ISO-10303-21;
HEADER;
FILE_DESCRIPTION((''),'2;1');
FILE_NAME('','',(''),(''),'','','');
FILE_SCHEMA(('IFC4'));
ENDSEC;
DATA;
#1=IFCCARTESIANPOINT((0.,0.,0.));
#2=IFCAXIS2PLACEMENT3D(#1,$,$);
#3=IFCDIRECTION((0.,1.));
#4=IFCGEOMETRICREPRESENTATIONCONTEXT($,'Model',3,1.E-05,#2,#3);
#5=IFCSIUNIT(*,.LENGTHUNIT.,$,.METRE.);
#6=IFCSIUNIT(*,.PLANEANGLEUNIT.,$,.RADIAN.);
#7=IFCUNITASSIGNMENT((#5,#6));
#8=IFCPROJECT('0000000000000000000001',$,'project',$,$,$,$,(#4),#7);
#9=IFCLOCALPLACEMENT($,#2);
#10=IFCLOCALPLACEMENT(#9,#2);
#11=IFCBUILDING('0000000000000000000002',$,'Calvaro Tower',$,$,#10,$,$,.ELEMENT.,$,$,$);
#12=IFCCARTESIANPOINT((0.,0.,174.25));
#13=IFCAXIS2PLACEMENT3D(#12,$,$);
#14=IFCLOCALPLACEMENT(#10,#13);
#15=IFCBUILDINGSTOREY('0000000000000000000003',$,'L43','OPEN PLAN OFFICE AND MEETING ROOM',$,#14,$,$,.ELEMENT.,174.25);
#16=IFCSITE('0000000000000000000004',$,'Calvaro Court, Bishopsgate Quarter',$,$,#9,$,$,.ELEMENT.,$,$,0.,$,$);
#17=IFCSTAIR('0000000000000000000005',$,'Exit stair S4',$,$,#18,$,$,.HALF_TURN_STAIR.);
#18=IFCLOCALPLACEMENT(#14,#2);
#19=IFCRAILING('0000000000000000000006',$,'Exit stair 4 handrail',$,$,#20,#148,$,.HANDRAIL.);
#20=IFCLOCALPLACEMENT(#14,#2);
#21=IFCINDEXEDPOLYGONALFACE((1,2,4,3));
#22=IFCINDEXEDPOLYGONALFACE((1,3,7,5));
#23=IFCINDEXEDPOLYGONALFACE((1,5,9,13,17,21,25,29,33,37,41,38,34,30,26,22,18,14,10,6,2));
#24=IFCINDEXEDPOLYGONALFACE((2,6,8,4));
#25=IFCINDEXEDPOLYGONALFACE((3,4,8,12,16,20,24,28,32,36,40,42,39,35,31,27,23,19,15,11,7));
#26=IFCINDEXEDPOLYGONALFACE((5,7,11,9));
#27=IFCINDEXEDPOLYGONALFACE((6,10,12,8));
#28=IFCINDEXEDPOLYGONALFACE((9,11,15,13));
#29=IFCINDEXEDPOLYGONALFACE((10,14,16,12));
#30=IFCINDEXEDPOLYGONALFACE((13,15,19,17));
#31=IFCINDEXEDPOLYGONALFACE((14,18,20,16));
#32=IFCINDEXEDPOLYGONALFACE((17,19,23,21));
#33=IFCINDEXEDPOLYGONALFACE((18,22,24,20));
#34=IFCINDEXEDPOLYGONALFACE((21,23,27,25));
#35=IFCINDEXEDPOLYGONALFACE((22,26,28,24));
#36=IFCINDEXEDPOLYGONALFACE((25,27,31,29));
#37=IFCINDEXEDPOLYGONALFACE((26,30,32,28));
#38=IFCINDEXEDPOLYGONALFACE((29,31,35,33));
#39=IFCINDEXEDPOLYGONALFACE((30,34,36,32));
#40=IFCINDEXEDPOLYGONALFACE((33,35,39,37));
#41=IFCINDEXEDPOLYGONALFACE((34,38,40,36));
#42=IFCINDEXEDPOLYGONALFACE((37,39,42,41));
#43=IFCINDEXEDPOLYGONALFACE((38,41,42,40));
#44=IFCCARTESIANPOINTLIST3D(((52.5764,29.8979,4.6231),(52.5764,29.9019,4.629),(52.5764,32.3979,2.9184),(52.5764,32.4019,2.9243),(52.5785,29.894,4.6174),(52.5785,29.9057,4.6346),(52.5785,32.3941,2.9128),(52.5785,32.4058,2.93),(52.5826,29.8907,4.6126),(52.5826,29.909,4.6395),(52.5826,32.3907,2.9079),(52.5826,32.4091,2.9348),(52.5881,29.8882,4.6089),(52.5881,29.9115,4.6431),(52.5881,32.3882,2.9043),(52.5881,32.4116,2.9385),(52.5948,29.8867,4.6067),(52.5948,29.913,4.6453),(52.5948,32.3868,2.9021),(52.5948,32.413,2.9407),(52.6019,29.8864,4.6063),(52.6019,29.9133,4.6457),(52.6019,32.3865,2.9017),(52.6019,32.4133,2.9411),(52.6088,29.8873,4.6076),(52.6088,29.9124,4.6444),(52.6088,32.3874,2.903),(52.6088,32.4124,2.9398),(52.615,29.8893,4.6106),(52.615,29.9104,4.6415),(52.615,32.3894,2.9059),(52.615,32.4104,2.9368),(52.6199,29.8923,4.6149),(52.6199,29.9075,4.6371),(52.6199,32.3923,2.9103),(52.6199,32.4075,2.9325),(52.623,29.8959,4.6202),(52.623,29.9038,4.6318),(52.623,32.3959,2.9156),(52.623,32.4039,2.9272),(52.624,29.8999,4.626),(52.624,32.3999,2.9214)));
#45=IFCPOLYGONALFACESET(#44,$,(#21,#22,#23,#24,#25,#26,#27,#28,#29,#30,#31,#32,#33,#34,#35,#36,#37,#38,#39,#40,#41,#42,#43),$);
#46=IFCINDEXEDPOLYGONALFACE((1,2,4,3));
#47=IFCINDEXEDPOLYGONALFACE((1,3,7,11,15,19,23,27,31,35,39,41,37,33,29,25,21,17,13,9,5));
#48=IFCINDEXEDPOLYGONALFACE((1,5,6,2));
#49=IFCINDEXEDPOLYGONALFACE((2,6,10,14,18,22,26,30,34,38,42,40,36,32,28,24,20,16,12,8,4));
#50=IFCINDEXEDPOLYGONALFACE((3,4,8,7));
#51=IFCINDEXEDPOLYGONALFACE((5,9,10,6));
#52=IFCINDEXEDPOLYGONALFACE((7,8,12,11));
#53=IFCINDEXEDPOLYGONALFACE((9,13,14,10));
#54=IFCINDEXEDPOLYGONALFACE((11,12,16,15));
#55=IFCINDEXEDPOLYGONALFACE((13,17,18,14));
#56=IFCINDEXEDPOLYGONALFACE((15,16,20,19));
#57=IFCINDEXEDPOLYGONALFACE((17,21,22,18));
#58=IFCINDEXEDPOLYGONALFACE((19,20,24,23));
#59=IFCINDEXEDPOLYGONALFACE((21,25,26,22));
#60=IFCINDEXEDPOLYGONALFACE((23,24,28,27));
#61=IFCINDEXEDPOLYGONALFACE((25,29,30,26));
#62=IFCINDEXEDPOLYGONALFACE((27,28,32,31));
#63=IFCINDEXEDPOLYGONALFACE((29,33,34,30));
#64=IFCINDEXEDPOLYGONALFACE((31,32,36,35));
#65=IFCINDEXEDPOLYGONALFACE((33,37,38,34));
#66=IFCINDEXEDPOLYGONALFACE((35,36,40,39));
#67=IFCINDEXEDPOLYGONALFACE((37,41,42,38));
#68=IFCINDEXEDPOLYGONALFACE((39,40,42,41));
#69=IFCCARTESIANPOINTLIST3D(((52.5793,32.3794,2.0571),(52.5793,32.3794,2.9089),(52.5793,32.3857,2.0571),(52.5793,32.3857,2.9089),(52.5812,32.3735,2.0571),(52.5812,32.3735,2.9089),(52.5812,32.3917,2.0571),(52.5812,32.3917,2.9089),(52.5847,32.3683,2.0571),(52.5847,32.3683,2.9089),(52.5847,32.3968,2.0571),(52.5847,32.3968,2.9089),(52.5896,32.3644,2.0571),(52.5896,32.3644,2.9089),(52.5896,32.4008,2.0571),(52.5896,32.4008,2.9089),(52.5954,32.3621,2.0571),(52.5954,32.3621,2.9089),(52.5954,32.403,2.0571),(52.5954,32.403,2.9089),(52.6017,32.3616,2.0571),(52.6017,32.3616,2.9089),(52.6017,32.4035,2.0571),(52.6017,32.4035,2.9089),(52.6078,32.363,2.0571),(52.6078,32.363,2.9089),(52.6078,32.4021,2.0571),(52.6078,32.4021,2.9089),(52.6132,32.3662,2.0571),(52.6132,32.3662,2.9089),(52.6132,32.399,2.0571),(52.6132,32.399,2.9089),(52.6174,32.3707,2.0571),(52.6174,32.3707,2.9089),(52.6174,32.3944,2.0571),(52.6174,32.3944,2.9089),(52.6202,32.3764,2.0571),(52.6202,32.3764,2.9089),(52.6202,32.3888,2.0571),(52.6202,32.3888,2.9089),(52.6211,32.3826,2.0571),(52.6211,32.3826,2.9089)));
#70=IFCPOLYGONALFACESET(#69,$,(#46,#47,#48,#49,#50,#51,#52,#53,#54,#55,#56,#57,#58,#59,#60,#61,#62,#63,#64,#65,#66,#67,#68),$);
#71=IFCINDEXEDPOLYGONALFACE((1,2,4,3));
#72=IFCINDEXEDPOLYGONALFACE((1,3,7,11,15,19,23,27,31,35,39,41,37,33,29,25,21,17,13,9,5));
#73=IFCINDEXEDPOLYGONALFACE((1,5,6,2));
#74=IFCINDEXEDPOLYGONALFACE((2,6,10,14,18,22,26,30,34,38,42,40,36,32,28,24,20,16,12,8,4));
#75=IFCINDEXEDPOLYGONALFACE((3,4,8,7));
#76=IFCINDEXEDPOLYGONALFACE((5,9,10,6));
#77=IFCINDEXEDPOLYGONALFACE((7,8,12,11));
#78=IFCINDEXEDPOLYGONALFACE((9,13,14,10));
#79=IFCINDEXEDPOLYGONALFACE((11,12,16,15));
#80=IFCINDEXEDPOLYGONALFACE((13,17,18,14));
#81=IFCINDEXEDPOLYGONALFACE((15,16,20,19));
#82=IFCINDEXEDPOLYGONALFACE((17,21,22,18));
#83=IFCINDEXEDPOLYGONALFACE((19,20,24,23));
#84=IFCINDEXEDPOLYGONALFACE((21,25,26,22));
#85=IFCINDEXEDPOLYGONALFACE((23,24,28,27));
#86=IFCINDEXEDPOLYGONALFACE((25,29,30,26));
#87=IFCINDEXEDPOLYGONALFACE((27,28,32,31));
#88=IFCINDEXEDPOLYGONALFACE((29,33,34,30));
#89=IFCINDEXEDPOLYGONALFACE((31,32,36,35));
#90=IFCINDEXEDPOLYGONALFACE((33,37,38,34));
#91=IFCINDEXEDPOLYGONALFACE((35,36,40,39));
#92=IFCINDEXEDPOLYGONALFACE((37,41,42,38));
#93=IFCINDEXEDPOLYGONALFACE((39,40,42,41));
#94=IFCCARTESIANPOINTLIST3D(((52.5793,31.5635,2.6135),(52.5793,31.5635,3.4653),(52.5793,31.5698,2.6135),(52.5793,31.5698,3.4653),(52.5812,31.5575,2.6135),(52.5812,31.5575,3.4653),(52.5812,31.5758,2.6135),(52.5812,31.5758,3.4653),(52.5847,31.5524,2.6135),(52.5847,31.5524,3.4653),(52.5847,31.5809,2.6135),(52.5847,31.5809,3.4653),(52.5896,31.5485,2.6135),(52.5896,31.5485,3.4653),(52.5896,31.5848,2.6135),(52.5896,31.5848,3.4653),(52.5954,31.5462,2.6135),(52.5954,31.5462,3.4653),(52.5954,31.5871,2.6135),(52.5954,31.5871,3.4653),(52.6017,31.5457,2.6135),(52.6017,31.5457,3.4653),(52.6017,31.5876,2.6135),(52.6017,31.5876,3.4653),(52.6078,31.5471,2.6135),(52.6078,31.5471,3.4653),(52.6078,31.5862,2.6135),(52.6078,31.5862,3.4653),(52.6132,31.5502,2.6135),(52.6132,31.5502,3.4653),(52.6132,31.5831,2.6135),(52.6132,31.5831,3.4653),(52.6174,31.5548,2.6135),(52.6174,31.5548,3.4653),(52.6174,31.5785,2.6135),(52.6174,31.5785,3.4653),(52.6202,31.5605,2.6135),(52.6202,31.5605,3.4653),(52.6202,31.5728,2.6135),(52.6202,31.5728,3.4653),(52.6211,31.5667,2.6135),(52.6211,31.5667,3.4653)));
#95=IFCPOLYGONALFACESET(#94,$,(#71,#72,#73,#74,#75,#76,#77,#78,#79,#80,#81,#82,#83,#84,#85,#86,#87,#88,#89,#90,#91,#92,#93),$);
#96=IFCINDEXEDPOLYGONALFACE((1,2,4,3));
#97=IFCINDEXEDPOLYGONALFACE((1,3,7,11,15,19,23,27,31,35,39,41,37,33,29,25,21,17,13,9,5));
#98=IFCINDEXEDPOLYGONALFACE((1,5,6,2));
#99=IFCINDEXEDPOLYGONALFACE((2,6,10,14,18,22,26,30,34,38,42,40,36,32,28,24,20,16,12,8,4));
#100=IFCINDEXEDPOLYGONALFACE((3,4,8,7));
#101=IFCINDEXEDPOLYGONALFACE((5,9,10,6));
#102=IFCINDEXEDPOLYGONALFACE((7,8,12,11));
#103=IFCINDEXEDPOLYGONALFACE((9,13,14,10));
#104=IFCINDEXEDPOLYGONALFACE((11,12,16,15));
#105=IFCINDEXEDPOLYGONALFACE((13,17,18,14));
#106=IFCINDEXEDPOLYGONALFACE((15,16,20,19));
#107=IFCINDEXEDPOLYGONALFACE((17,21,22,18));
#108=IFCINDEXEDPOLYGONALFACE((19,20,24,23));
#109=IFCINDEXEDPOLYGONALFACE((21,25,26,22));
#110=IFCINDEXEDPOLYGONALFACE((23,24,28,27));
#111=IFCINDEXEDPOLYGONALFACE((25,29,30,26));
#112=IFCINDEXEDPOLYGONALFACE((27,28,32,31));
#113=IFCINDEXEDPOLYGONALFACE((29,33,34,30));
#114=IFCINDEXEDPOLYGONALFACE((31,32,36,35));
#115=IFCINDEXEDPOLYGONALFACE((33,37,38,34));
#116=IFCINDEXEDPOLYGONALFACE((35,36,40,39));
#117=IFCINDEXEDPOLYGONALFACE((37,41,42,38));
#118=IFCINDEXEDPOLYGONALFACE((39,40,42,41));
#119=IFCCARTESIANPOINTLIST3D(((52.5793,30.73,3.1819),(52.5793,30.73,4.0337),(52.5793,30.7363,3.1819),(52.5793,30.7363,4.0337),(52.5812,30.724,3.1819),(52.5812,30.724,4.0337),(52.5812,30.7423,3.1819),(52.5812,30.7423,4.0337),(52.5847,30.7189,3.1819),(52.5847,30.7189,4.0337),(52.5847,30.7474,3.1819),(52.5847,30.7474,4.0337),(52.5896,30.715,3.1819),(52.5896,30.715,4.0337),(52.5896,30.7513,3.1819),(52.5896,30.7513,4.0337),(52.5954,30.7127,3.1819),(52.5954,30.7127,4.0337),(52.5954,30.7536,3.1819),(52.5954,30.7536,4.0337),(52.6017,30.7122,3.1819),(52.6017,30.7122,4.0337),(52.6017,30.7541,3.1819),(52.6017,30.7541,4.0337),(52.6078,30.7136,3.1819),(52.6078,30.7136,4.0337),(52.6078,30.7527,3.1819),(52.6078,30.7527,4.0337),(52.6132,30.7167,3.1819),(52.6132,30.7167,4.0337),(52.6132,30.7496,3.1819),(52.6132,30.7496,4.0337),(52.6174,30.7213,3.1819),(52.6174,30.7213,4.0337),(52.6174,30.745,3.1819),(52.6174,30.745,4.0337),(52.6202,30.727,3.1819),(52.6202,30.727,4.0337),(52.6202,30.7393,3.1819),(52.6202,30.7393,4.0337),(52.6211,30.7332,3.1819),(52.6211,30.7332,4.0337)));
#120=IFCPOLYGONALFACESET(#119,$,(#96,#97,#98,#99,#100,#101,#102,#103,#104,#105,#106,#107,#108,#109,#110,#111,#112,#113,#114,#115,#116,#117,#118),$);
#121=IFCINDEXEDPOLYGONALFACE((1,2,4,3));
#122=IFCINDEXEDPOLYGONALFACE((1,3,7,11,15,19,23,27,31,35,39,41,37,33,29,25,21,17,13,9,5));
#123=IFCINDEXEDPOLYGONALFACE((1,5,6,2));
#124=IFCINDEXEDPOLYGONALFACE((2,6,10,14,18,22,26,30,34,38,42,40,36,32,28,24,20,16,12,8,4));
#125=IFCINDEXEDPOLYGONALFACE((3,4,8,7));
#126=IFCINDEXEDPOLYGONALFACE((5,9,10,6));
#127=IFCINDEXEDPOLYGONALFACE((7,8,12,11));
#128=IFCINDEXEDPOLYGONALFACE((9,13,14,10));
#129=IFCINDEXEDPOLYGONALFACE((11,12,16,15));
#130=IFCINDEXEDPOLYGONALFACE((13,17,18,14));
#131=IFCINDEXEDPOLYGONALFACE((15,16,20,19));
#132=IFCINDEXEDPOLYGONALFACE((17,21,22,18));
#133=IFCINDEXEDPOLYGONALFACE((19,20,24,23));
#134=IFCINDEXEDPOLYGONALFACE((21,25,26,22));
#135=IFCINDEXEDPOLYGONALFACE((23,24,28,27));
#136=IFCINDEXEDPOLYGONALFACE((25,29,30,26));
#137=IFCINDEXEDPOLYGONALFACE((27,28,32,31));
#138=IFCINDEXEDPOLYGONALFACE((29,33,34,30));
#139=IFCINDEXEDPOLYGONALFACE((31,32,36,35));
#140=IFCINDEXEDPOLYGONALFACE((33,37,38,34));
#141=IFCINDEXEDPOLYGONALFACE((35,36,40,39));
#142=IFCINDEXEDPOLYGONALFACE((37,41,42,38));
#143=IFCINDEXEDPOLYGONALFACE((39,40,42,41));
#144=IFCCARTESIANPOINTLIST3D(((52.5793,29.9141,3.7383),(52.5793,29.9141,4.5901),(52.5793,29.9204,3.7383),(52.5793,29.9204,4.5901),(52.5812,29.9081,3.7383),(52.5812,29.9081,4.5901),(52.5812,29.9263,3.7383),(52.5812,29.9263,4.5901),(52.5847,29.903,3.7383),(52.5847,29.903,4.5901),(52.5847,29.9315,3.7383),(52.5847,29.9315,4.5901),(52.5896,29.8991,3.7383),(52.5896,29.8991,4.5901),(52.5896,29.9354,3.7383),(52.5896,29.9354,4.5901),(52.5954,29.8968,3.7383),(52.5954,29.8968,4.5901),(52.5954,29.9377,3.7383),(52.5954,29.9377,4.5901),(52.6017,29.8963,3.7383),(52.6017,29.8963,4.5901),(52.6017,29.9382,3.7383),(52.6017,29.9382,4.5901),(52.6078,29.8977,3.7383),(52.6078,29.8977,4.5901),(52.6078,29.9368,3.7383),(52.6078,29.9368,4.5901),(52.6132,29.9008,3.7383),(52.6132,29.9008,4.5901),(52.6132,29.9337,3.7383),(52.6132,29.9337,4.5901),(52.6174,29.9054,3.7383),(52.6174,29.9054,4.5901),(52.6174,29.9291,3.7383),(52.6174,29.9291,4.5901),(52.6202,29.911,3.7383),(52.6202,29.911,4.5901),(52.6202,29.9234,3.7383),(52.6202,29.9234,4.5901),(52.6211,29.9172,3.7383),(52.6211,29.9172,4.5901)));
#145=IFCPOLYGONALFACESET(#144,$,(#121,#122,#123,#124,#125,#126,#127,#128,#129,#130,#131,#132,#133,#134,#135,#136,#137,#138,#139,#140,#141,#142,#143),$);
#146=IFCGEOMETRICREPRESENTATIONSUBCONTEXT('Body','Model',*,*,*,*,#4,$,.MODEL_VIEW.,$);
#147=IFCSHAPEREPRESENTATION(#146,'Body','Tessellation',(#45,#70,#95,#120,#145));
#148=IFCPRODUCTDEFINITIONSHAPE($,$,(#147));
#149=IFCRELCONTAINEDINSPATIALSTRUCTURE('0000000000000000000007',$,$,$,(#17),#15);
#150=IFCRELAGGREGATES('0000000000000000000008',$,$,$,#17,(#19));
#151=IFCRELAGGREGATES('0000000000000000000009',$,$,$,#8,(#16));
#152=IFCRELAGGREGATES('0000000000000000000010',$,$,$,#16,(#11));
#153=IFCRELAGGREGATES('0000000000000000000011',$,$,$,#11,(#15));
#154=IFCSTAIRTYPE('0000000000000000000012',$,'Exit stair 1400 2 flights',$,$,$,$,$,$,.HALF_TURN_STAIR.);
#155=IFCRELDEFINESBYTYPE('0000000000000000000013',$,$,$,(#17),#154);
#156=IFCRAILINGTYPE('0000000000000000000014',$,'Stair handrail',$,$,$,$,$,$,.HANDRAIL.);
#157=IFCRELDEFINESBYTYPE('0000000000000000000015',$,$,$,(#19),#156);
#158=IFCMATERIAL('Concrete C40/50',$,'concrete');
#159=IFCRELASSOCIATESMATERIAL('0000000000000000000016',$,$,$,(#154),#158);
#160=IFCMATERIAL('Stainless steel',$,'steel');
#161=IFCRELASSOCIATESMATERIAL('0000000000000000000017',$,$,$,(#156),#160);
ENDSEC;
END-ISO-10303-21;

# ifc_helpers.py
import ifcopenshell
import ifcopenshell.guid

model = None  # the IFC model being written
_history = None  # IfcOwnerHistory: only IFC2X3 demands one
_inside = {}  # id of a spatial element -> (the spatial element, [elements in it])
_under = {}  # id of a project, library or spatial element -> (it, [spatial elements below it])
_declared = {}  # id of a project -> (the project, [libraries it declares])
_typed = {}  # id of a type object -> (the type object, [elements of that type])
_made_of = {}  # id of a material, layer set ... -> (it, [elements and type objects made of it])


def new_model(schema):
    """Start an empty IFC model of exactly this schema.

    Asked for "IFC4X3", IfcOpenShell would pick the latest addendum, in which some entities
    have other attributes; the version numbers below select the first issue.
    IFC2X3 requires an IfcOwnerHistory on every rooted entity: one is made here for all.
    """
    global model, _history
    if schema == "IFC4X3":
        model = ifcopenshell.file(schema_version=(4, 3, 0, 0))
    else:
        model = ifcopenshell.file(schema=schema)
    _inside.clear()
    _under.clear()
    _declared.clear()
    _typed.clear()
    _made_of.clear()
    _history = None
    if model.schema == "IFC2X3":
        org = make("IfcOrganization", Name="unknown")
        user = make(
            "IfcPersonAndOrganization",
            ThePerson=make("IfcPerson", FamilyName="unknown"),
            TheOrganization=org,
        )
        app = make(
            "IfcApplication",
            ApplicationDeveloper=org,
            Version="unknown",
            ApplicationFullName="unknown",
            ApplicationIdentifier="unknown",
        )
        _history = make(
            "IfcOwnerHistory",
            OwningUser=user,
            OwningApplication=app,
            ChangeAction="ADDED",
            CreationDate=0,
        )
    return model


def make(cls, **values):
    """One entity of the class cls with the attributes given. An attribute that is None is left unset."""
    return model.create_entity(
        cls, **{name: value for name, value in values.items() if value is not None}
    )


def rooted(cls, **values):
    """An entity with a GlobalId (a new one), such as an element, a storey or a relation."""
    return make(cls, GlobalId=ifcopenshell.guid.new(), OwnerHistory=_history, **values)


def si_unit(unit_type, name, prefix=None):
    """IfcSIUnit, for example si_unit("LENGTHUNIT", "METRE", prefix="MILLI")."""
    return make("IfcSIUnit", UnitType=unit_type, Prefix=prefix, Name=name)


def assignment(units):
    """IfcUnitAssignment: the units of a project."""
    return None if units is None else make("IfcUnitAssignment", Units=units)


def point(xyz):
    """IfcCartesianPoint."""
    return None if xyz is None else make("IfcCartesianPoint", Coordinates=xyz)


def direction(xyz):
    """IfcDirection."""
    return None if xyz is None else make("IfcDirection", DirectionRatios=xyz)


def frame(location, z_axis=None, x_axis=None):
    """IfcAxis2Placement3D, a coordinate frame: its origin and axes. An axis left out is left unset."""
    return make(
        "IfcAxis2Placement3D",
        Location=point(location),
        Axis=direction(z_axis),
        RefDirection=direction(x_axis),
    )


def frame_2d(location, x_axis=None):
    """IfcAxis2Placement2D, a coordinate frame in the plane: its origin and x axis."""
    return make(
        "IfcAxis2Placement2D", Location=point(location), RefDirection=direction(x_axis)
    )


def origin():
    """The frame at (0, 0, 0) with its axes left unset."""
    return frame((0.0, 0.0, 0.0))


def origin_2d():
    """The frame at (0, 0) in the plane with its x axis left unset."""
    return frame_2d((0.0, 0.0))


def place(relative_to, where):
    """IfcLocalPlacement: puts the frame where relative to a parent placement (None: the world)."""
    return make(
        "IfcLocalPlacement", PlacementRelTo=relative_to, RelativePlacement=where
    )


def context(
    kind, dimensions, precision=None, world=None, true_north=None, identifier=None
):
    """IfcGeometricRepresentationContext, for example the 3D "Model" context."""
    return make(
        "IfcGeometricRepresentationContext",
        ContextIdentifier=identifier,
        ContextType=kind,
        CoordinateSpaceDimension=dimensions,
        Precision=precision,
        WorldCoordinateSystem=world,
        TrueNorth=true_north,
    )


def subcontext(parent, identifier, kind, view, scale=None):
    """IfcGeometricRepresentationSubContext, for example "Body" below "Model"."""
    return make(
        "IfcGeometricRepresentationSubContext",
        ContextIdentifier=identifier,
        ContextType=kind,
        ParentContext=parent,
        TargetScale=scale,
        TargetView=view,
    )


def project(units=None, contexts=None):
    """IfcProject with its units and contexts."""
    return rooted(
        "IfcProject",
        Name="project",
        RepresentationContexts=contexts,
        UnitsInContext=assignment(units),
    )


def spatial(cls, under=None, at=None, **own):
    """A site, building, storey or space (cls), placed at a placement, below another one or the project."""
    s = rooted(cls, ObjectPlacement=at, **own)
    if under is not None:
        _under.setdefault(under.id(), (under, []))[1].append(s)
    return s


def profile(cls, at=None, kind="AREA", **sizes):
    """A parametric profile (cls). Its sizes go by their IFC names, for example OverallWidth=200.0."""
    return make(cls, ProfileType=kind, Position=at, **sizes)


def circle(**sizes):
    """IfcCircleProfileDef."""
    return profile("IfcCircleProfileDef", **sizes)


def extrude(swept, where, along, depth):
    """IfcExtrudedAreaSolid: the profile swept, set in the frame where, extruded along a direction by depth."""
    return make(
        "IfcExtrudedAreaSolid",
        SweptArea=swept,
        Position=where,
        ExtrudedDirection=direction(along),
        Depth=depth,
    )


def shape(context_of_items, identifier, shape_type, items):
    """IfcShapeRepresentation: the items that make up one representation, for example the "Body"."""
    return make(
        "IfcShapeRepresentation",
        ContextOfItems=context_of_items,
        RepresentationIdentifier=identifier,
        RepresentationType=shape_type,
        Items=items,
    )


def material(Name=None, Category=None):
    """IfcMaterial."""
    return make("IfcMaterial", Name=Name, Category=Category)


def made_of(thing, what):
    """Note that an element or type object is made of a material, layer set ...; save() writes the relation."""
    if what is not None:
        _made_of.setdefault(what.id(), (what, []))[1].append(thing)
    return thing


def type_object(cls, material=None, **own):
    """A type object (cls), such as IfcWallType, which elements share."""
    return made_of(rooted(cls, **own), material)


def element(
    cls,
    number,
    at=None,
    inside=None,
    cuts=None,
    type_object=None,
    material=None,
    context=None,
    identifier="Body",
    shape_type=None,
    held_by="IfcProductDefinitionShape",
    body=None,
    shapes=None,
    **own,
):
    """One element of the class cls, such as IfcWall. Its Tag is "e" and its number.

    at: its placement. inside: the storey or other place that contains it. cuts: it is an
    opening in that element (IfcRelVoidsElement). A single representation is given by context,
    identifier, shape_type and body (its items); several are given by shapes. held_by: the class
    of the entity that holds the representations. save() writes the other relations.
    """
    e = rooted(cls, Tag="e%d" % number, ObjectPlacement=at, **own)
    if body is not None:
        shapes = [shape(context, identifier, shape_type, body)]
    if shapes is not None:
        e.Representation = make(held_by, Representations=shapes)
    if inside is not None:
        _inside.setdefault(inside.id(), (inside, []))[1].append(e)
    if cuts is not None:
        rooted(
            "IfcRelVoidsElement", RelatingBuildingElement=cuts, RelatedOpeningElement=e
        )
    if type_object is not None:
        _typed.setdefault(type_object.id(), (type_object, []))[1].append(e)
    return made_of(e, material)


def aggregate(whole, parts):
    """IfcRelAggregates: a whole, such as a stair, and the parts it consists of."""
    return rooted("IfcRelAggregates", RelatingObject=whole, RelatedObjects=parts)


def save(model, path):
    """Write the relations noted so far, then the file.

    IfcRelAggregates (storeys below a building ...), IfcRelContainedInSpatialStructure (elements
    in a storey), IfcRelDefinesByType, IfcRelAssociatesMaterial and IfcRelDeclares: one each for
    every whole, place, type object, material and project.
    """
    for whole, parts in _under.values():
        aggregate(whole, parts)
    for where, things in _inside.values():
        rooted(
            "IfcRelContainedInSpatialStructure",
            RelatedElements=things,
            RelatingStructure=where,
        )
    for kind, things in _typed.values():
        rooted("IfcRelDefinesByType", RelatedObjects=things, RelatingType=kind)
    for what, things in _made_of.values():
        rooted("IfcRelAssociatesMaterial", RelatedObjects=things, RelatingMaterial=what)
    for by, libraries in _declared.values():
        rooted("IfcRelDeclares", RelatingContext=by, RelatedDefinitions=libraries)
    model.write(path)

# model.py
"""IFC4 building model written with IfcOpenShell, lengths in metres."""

from ifc_helpers import new_model, si_unit, direction, frame, origin, origin_2d, place, context, subcontext, project, spatial, circle, extrude, material, type_object, element, aggregate, save


model = new_model("IFC4")

# Units and contexts
model_context = context("Model", 3, precision=1e-05, world=origin(), true_north=direction((0.0, 1.0)))
body_context = subcontext(model_context, "Body", "Model", "MODEL_VIEW")
ifc_project = project(units=[si_unit("LENGTHUNIT", "METRE"), si_unit("PLANEANGLEUNIT", "RADIAN")], contexts=[model_context])

# Site, building, storey
site_placement = place(None, origin())
site = spatial("IfcSite", under=ifc_project, at=site_placement, Name="Calvaro Court, Bishopsgate Quarter", CompositionType="ELEMENT", RefElevation=0.0)
building_placement = place(site_placement, origin())
building = spatial("IfcBuilding", under=site, at=building_placement, Name="Calvaro Tower", CompositionType="ELEMENT")
storey_placement = place(building_placement, frame((0.0, 0.0, 174.25)))
storey = spatial("IfcBuildingStorey", under=building, at=storey_placement, Name="L43", Description="OPEN PLAN OFFICE AND MEETING ROOM", CompositionType="ELEMENT", Elevation=174.25)

# Stair
ifc_material_1 = material(Name="Concrete C40/50", Category="concrete")
stair_type = type_object("IfcStairType", Name="Exit stair 1400 2 flights", PredefinedType="HALF_TURN_STAIR", material=ifc_material_1)
stair_1_placement = place(storey_placement, origin())
stair_1 = element("IfcStair", 1, at=stair_1_placement, inside=storey, type_object=stair_type, Name="Exit stair S4", PredefinedType="HALF_TURN_STAIR")

# Railing
ifc_material_2 = material(Name="Stainless steel", Category="steel")
railing_type = type_object("IfcRailingType", Name="Stair handrail", PredefinedType="HANDRAIL", material=ifc_material_2)
railing_1_placement = place(storey_placement, frame((52.6001, 32.3999, 2.0454)))
railing_1 = element("IfcRailing", 2, at=railing_1_placement, type_object=railing_type, Name="Exit stair 4 handrail", PredefinedType="HANDRAIL", context=body_context, shape_type="SweptSolid", body=[
    extrude(circle(Radius=0.0239, at=origin_2d()), frame((0.0, 0.0, 0.876), z_axis=(0.0, -0.826221, 0.563347), x_axis=(1.0, 0.0, 0.0)), (0.0, 0.0, 1.0), 3.0259),
    extrude(circle(Radius=0.021, at=origin_2d()), frame((0.0, -0.0173, 0.0117)), (0.0, 0.0, 1.0), 0.8518),
    extrude(circle(Radius=0.021, at=origin_2d()), frame((0.0, -0.8333, 0.5681)), (0.0, 0.0, 1.0), 0.8518),
    extrude(circle(Radius=0.021, at=origin_2d()), frame((0.0, -1.6667, 1.1365)), (0.0, 0.0, 1.0), 0.8518),
    extrude(circle(Radius=0.021, at=origin_2d()), frame((0.0, -2.4827, 1.6929)), (0.0, 0.0, 1.0), 0.8518),
])
aggregate(stair_1, [railing_1])

save(model, "model.ifc")
